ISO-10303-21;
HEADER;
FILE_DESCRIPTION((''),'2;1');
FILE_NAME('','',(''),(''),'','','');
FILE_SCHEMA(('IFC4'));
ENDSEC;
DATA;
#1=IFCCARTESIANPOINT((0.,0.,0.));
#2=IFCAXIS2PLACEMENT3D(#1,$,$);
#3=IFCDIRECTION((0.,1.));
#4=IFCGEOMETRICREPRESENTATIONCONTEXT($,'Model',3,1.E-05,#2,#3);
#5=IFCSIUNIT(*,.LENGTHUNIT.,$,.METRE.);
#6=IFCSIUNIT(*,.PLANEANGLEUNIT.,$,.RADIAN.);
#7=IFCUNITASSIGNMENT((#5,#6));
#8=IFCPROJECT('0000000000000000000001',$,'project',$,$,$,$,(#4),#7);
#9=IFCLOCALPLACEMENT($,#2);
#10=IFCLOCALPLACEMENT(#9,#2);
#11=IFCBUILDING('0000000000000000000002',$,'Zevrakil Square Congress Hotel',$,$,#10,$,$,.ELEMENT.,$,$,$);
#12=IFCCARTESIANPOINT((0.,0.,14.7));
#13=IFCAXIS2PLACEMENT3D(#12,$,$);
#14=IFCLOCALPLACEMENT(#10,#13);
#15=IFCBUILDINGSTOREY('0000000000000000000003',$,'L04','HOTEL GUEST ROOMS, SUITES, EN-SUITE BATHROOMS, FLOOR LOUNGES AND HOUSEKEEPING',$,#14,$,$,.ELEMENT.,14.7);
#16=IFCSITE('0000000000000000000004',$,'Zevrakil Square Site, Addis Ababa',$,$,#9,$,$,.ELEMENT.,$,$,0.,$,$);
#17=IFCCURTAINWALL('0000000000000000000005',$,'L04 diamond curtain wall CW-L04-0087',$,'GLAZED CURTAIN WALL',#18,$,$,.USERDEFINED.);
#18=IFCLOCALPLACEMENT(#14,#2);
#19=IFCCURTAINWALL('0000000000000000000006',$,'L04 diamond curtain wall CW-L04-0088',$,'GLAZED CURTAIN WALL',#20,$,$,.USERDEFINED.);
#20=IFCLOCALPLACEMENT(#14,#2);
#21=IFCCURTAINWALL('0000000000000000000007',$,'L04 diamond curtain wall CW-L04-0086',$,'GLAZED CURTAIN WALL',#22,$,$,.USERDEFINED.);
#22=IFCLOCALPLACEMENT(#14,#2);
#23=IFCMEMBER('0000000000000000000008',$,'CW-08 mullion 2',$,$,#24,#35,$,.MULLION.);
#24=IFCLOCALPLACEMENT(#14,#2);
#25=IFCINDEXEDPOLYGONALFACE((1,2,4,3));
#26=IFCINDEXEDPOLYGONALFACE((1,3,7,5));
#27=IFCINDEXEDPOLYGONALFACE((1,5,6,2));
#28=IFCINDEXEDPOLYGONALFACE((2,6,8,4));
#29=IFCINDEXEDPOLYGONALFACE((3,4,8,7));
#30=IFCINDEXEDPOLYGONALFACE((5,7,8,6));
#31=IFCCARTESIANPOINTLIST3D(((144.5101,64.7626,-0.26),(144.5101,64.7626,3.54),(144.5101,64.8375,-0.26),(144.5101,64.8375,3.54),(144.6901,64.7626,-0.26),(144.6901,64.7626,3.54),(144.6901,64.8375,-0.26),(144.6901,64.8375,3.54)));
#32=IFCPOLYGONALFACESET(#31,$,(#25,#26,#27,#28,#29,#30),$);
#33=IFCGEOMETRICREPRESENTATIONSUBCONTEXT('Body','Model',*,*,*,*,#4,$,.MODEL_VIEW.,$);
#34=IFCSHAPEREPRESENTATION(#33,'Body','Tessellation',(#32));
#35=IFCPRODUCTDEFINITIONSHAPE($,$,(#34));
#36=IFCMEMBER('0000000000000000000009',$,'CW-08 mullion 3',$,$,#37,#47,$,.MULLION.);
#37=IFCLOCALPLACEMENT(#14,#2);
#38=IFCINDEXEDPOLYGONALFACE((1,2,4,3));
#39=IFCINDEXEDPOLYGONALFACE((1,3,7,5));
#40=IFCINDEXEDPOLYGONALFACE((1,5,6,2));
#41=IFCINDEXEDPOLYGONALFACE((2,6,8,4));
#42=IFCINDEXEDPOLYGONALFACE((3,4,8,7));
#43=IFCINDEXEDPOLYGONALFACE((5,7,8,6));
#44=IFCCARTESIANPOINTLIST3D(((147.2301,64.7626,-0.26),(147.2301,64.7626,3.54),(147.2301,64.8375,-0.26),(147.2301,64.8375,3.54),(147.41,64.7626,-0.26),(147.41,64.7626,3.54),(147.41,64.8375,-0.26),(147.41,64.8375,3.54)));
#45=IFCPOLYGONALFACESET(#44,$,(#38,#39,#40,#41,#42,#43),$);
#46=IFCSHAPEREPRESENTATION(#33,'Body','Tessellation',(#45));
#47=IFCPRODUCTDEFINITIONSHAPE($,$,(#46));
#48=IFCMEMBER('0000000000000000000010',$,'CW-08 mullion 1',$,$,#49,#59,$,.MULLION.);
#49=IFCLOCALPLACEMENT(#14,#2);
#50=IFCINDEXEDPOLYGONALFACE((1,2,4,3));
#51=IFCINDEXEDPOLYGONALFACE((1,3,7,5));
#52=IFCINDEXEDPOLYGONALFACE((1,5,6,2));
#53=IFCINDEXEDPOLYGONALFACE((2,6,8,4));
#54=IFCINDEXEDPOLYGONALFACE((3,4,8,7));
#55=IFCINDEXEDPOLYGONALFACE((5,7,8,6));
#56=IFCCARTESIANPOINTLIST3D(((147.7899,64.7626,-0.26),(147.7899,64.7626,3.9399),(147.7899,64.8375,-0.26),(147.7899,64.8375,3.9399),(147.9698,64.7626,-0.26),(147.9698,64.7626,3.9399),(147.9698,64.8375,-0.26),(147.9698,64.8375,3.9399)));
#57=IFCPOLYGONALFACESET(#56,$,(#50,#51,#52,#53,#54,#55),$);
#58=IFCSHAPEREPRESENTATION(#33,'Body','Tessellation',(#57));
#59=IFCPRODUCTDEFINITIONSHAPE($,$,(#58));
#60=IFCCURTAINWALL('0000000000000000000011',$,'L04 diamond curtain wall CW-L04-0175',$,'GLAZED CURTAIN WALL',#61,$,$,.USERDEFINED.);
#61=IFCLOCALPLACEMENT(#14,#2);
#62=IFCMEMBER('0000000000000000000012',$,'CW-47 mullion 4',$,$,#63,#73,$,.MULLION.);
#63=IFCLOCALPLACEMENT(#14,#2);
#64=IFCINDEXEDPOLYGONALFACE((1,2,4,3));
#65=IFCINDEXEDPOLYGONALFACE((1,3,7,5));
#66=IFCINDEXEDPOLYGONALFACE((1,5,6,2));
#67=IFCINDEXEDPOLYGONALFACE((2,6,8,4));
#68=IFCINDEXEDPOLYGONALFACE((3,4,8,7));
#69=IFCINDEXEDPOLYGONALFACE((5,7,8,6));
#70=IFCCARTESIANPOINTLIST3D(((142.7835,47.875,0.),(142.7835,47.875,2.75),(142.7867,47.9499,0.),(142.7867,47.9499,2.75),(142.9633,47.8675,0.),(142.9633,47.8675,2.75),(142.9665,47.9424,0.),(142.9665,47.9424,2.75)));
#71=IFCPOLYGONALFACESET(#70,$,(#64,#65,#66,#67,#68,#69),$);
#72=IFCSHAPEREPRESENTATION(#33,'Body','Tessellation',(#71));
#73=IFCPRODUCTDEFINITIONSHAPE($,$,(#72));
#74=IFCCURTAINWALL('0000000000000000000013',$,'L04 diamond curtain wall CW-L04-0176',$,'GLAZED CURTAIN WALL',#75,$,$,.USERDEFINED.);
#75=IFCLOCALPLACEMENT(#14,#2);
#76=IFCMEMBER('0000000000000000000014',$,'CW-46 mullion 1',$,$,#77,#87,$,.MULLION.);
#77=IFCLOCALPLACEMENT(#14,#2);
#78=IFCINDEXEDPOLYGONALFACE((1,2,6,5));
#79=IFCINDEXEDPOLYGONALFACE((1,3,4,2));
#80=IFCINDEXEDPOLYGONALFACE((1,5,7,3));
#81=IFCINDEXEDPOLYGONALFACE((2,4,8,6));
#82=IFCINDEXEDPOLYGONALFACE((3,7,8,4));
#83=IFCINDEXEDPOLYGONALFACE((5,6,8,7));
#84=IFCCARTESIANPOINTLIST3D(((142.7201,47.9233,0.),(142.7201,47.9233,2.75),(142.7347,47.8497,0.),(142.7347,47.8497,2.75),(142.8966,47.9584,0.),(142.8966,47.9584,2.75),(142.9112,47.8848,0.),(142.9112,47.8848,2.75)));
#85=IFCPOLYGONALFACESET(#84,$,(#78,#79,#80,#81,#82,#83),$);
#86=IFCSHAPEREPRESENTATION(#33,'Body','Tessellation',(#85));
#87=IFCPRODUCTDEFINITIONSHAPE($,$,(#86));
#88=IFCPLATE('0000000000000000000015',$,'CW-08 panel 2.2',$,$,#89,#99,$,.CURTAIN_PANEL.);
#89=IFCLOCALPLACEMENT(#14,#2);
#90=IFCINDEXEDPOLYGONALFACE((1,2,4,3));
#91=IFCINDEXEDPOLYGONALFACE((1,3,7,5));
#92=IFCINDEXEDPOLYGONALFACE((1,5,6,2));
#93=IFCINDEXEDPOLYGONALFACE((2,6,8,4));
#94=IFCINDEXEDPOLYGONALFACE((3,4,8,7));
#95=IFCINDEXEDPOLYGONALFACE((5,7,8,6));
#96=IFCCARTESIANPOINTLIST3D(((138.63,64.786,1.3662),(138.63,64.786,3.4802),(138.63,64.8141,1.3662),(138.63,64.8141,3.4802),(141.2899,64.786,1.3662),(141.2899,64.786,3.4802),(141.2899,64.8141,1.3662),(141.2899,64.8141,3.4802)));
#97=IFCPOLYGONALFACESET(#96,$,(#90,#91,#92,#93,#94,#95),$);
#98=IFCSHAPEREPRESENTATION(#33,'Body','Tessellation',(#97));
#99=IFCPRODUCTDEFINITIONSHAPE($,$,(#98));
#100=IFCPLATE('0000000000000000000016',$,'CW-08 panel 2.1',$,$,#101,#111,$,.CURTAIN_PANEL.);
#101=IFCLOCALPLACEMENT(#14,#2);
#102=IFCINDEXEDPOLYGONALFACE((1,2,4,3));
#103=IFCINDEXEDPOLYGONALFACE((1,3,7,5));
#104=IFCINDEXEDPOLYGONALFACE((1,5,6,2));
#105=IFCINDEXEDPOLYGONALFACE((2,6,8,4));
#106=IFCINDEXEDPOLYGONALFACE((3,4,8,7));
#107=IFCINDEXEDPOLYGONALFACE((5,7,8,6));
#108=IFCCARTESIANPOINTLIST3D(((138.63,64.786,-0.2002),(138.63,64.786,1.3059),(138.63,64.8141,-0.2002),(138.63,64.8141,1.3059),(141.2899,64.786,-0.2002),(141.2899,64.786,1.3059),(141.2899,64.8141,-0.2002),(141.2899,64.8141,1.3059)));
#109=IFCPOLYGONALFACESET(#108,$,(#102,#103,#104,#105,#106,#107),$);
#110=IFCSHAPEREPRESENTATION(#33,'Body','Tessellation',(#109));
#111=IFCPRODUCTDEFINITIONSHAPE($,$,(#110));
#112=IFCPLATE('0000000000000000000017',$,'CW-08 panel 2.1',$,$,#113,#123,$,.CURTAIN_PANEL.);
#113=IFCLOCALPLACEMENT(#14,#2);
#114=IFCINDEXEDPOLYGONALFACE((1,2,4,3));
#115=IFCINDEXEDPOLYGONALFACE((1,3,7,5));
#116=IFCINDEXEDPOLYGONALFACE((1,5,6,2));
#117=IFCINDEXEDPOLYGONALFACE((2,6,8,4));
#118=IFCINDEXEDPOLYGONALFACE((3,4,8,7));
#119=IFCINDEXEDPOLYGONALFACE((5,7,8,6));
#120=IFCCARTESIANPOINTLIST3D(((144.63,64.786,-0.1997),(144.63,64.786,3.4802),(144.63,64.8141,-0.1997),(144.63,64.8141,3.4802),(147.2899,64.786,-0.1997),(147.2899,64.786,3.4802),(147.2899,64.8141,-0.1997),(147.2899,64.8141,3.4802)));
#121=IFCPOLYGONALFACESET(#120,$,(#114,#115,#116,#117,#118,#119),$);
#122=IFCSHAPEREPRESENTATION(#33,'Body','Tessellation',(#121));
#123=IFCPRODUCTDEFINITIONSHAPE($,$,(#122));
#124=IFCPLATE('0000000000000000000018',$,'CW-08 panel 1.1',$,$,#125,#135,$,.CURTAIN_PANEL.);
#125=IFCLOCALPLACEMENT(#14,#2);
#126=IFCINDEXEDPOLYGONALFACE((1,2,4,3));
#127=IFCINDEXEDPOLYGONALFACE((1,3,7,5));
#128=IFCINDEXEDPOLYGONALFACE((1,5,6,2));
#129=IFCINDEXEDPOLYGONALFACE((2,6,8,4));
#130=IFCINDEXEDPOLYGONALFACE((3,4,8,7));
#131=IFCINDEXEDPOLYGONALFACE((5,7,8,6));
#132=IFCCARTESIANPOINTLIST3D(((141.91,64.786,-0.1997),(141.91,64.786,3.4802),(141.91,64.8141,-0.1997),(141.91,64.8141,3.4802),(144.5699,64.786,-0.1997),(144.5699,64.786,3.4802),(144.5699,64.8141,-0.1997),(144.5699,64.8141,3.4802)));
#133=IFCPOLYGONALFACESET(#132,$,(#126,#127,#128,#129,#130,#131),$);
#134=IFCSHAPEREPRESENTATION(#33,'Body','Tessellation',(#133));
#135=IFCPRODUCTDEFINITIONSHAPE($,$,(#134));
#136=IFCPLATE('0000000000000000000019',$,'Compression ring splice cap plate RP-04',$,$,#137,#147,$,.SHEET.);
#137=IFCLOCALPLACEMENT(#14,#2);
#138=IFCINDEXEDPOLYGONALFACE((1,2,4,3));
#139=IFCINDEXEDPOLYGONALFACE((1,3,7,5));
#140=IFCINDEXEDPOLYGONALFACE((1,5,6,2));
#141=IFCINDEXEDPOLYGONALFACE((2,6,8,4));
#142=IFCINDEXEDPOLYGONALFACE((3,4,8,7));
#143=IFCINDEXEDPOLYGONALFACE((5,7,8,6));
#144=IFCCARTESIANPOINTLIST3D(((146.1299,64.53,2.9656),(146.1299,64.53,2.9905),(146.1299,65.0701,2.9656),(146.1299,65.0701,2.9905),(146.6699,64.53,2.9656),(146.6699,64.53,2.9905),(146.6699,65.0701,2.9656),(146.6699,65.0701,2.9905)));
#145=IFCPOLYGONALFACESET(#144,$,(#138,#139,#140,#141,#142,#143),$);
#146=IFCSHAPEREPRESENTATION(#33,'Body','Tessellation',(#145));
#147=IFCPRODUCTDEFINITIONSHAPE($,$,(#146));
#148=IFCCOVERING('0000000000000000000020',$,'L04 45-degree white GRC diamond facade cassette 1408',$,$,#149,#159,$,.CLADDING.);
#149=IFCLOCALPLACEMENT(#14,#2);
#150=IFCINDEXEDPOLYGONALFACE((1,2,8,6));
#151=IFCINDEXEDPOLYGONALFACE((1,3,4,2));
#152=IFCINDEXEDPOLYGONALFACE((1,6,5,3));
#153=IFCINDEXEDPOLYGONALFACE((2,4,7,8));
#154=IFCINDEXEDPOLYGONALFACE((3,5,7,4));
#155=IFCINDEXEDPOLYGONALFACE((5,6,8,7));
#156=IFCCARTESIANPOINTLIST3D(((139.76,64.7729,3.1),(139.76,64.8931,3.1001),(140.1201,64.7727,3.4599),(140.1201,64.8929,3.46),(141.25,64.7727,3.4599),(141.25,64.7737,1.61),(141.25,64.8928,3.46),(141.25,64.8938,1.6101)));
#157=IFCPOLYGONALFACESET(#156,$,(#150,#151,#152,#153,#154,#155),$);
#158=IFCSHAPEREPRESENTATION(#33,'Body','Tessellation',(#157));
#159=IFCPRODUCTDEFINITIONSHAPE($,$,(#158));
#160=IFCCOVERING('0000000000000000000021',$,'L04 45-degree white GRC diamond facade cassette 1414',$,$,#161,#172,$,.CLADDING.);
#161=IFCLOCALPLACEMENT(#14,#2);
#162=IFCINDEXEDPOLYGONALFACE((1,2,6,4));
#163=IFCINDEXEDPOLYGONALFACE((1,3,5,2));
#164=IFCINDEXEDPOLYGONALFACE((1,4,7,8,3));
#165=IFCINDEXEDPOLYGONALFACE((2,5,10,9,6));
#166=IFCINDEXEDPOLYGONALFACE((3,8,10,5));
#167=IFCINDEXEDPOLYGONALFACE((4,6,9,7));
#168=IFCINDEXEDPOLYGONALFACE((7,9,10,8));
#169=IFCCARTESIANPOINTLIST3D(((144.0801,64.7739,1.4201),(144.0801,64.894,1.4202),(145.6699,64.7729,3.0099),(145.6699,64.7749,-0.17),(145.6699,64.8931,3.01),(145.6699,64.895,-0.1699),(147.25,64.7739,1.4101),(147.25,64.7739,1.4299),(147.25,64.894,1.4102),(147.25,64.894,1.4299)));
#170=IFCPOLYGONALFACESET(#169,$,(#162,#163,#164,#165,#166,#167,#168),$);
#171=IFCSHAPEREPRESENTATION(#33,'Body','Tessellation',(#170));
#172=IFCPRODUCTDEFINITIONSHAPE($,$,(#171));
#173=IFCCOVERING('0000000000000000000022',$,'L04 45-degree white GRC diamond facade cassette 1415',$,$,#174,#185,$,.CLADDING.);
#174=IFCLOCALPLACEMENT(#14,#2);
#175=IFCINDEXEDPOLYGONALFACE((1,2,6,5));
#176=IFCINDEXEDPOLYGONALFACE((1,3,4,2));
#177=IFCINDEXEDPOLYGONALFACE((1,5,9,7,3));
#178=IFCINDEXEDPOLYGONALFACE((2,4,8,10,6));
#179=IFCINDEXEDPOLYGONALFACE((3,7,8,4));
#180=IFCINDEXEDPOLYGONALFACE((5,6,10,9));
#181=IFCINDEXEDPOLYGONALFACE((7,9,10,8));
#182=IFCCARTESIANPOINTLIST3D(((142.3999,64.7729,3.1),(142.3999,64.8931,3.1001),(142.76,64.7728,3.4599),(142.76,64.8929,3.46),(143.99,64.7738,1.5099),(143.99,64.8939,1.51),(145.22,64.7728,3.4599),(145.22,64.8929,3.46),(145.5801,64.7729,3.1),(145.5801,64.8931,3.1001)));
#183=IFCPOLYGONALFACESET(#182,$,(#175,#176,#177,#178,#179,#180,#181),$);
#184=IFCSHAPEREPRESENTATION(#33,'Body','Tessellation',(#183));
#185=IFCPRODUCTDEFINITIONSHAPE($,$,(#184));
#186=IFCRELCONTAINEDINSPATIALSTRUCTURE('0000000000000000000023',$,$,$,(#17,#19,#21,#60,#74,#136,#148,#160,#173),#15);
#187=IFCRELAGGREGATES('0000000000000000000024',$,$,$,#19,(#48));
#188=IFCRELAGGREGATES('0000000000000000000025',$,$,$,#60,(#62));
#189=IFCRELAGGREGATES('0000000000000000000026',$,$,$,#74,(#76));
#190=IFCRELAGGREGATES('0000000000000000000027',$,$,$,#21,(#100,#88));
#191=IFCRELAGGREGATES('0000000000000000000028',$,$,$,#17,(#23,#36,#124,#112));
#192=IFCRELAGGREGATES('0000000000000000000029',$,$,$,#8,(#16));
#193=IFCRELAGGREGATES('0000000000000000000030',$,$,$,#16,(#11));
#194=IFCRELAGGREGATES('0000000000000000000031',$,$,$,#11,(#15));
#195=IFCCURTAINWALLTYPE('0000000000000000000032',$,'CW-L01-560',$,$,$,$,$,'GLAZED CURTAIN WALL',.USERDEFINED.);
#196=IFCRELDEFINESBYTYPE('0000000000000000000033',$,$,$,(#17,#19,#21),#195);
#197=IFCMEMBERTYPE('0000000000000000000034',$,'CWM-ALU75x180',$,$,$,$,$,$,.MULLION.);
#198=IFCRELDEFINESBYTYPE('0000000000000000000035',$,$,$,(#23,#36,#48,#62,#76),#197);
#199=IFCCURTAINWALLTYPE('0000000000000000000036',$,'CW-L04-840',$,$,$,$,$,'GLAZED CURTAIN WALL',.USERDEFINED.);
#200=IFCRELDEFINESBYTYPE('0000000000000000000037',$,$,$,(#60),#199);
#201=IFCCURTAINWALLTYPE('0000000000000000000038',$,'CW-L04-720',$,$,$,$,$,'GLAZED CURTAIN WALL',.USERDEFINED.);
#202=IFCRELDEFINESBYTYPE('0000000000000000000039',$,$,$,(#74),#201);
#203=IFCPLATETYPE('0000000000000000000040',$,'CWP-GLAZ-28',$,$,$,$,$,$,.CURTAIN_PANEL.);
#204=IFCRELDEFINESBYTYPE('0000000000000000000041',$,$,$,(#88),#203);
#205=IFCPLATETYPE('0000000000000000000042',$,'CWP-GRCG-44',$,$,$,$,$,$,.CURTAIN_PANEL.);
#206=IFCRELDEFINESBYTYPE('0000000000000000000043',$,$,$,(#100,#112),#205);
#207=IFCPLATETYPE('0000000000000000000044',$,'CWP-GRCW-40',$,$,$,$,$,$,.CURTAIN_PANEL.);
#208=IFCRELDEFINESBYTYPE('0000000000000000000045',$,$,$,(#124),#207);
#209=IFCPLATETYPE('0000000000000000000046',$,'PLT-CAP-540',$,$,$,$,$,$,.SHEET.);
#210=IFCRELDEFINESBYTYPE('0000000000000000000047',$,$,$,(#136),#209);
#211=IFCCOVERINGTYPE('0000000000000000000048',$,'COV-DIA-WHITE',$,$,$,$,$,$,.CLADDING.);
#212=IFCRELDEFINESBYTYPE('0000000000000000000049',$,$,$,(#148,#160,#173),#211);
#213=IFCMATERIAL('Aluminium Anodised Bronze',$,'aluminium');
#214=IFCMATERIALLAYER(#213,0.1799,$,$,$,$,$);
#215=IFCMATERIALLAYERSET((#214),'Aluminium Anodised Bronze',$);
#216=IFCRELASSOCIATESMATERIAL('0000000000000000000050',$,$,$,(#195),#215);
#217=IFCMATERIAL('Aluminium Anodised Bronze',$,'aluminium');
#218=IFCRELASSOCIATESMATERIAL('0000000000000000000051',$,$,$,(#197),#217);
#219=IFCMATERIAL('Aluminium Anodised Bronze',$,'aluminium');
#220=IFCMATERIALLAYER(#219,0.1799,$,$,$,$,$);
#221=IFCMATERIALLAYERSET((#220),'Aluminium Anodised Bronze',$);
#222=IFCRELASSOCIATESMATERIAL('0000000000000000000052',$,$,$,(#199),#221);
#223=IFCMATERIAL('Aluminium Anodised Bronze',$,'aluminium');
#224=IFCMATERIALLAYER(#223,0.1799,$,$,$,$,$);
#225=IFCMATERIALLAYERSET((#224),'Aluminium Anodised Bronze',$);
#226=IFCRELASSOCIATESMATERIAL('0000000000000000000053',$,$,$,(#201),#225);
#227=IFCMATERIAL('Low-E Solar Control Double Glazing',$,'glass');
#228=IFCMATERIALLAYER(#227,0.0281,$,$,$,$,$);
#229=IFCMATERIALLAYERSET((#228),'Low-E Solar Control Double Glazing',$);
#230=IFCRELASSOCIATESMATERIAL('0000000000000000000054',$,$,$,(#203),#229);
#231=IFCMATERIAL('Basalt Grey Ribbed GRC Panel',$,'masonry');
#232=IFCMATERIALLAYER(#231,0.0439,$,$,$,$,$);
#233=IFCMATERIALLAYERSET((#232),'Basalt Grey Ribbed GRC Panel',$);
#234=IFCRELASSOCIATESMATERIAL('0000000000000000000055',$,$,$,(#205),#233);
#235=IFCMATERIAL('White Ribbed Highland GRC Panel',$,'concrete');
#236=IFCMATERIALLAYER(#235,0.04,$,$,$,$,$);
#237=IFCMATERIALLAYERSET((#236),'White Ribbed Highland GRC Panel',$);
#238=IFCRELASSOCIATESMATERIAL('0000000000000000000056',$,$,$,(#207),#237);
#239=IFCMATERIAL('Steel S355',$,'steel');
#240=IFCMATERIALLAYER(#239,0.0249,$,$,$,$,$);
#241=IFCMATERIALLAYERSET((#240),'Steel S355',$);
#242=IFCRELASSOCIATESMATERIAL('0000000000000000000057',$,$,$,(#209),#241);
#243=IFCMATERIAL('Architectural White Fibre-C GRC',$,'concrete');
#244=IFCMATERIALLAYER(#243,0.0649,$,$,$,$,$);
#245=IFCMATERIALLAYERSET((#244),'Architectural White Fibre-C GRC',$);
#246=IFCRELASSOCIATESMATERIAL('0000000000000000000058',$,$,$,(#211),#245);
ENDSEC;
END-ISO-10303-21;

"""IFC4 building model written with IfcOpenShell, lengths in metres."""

from ifc_helpers import new_model, si_unit, direction, frame, origin, origin_2d, place, context, subcontext, project, spatial, polyline, rectangle, outline, extrude, material, layer, layer_set, material_profile, profile_set, type_object, element, aggregate, save


model = new_model("IFC4")

# Units and contexts
model_context = context("Model", 3, precision=1e-05, world=origin(), true_north=direction((0.0, 1.0)))
body_context = subcontext(model_context, "Body", "Model", "MODEL_VIEW")
ifc_project = project(units=[si_unit("LENGTHUNIT", "METRE"), si_unit("PLANEANGLEUNIT", "RADIAN")], contexts=[model_context])

# Site, building, storey
site_placement = place(None, origin())
site = spatial("IfcSite", under=ifc_project, at=site_placement, Name="Zevrakil Square Site, Addis Ababa", CompositionType="ELEMENT", RefElevation=0.0)
building_placement = place(site_placement, origin())
building = spatial("IfcBuilding", under=site, at=building_placement, Name="Zevrakil Square Congress Hotel", CompositionType="ELEMENT")
storey_placement = place(building_placement, frame((0.0, 0.0, 14.7)))
storey = spatial("IfcBuildingStorey", under=building, at=storey_placement, Name="L04", Description="HOTEL GUEST ROOMS, SUITES, EN-SUITE BATHROOMS, FLOOR LOUNGES AND HOUSEKEEPING", CompositionType="ELEMENT", Elevation=14.7)

# Curtain walls
ifc_material_1 = material(Name="Aluminium Anodised Bronze", Category="aluminium")
ifc_layer_1 = layer(ifc_material_1, 0.1799)
ifc_layer_set_1 = layer_set([ifc_layer_1], Name="Aluminium Anodised Bronze")
curtain_wall_type_1 = type_object("IfcCurtainWallType", Name="CW-L01-560", ElementType="GLAZED CURTAIN WALL", PredefinedType="USERDEFINED", material=ifc_layer_set_1)
curtain_wall_1_placement = place(storey_placement, origin())
curtain_wall_1 = element("IfcCurtainWall", 1, at=curtain_wall_1_placement, inside=storey, type_object=curtain_wall_type_1, Name="L04 diamond curtain wall CW-L04-0087", ObjectType="GLAZED CURTAIN WALL", PredefinedType="USERDEFINED")
curtain_wall_2_placement = place(storey_placement, origin())
curtain_wall_2 = element("IfcCurtainWall", 2, at=curtain_wall_2_placement, inside=storey, type_object=curtain_wall_type_1, Name="L04 diamond curtain wall CW-L04-0088", ObjectType="GLAZED CURTAIN WALL", PredefinedType="USERDEFINED")

# Curtain wall
curtain_wall_3_placement = place(storey_placement, origin())
curtain_wall_3 = element("IfcCurtainWall", 3, at=curtain_wall_3_placement, inside=storey, type_object=curtain_wall_type_1, Name="L04 diamond curtain wall CW-L04-0086", ObjectType="GLAZED CURTAIN WALL", PredefinedType="USERDEFINED")
ifc_material_2 = material(Name="Aluminium Anodised Bronze", Category="aluminium")
ifc_material_profile_1 = material_profile(ifc_material_2, rectangle(XDim=0.075, YDim=0.1799, at=origin_2d()), Name="ALU 75x180")
ifc_profile_set_1 = profile_set([ifc_material_profile_1], Name="Aluminium Anodised Bronze")
member_type_1 = type_object("IfcMemberType", Name="CWM-ALU75x180", PredefinedType="MULLION", material=ifc_profile_set_1)

# Members
member_1_placement = place(storey_placement, frame((144.6001, 64.8, -0.26), z_axis=(0.0, 0.0, 1.0), x_axis=(0.0, 1.0, 0.0)))
member_1 = element("IfcMember", 4, at=member_1_placement, type_object=member_type_1, Name="CW-08 mullion 2", PredefinedType="MULLION", context=body_context, shape_type="SweptSolid", body=[
    extrude(rectangle(XDim=0.075, YDim=0.1799, at=origin_2d()), origin(), (0.0, 0.0, 1.0), 3.8),
])
member_2_placement = place(storey_placement, frame((147.3201, 64.8, -0.26), z_axis=(0.0, 0.0, 1.0), x_axis=(0.0, 1.0, 0.0)))
member_2 = element("IfcMember", 5, at=member_2_placement, type_object=member_type_1, Name="CW-08 mullion 3", PredefinedType="MULLION", context=body_context, shape_type="SweptSolid", body=[
    extrude(rectangle(XDim=0.075, YDim=0.1799, at=origin_2d()), origin(), (0.0, 0.0, 1.0), 3.8),
])
member_3_placement = place(storey_placement, frame((147.8799, 64.8, -0.26), z_axis=(0.0, 0.0, 1.0), x_axis=(0.0, 1.0, 0.0)))
member_3 = element("IfcMember", 6, at=member_3_placement, type_object=member_type_1, Name="CW-08 mullion 1", PredefinedType="MULLION", context=body_context, shape_type="SweptSolid", body=[
    extrude(rectangle(XDim=0.075, YDim=0.1799, at=origin_2d()), origin(), (0.0, 0.0, 1.0), 4.2),
])
aggregate(curtain_wall_2, [member_3])

# Curtain walls, members
ifc_material_3 = material(Name="Aluminium Anodised Bronze", Category="aluminium")
ifc_layer_2 = layer(ifc_material_3, 0.1799)
ifc_layer_set_2 = layer_set([ifc_layer_2], Name="Aluminium Anodised Bronze")
curtain_wall_type_2 = type_object("IfcCurtainWallType", Name="CW-L04-840", ElementType="GLAZED CURTAIN WALL", PredefinedType="USERDEFINED", material=ifc_layer_set_2)
curtain_wall_4_placement = place(storey_placement, origin())
curtain_wall_4 = element("IfcCurtainWall", 7, at=curtain_wall_4_placement, inside=storey, type_object=curtain_wall_type_2, Name="L04 diamond curtain wall CW-L04-0175", ObjectType="GLAZED CURTAIN WALL", PredefinedType="USERDEFINED")
member_4_placement = place(storey_placement, frame((142.875, 47.9087, 0.0), z_axis=(0.0, 0.0, 1.0), x_axis=(-0.041971, -0.999119, 0.0)))
member_4 = element("IfcMember", 8, at=member_4_placement, type_object=member_type_1, Name="CW-47 mullion 4", PredefinedType="MULLION", context=body_context, shape_type="SweptSolid", body=[
    extrude(rectangle(XDim=0.075, YDim=0.1799, at=origin_2d()), origin(), (0.0, 0.0, 1.0), 2.75),
])
aggregate(curtain_wall_4, [member_4])
ifc_material_4 = material(Name="Aluminium Anodised Bronze", Category="aluminium")
ifc_layer_3 = layer(ifc_material_4, 0.1799)
ifc_layer_set_3 = layer_set([ifc_layer_3], Name="Aluminium Anodised Bronze")
curtain_wall_type_3 = type_object("IfcCurtainWallType", Name="CW-L04-720", ElementType="GLAZED CURTAIN WALL", PredefinedType="USERDEFINED", material=ifc_layer_set_3)
curtain_wall_5_placement = place(storey_placement, origin())
curtain_wall_5 = element("IfcCurtainWall", 9, at=curtain_wall_5_placement, inside=storey, type_object=curtain_wall_type_3, Name="L04 diamond curtain wall CW-L04-0176", ObjectType="GLAZED CURTAIN WALL", PredefinedType="USERDEFINED")
member_5_placement = place(storey_placement, frame((142.8157, 47.9041, 0.0), z_axis=(0.0, 0.0, 1.0), x_axis=(0.195084, -0.980787, 0.0)))
member_5 = element("IfcMember", 10, at=member_5_placement, type_object=member_type_1, Name="CW-46 mullion 1", PredefinedType="MULLION", context=body_context, shape_type="SweptSolid", body=[
    extrude(rectangle(XDim=0.075, YDim=0.1799, at=origin_2d()), origin(), (0.0, 0.0, 1.0), 2.75),
])
aggregate(curtain_wall_5, [member_5])

# Plates
ifc_material_5 = material(Name="Low-E Solar Control Double Glazing", Category="glass")
ifc_layer_4 = layer(ifc_material_5, 0.0281)
ifc_layer_set_4 = layer_set([ifc_layer_4], Name="Low-E Solar Control Double Glazing")
plate_type_1 = type_object("IfcPlateType", Name="CWP-GLAZ-28", PredefinedType="CURTAIN_PANEL", material=ifc_layer_set_4)
plate_1_placement = place(storey_placement, frame((139.96, 64.8, 1.3662), z_axis=(0.0, 0.0, 1.0), x_axis=(1.0, 0.0, 0.0)))
plate_1 = element("IfcPlate", 11, at=plate_1_placement, type_object=plate_type_1, Name="CW-08 panel 2.2", PredefinedType="CURTAIN_PANEL", context=body_context, shape_type="SweptSolid", body=[
    extrude(rectangle(XDim=2.6599, YDim=0.0281, at=origin_2d()), origin(), (0.0, 0.0, 1.0), 2.114),
])
ifc_material_6 = material(Name="Basalt Grey Ribbed GRC Panel", Category="masonry")
ifc_layer_5 = layer(ifc_material_6, 0.0439)
ifc_layer_set_5 = layer_set([ifc_layer_5], Name="Basalt Grey Ribbed GRC Panel")
plate_type_2 = type_object("IfcPlateType", Name="CWP-GRCG-44", PredefinedType="CURTAIN_PANEL", material=ifc_layer_set_5)
plate_2_placement = place(storey_placement, frame((139.96, 64.8, -0.2002), z_axis=(0.0, 0.0, 1.0), x_axis=(1.0, 0.0, 0.0)))
plate_2 = element("IfcPlate", 12, at=plate_2_placement, type_object=plate_type_2, Name="CW-08 panel 2.1", PredefinedType="CURTAIN_PANEL", context=body_context, shape_type="SweptSolid", body=[
    extrude(rectangle(XDim=2.6599, YDim=0.0281, at=origin_2d()), origin(), (0.0, 0.0, 1.0), 1.5061),
])
aggregate(curtain_wall_3, [plate_2, plate_1])
plate_3_placement = place(storey_placement, frame((145.96, 64.8, -0.1997), z_axis=(0.0, 0.0, 1.0), x_axis=(1.0, 0.0, 0.0)))
plate_3 = element("IfcPlate", 13, at=plate_3_placement, type_object=plate_type_2, Name="CW-08 panel 2.1", PredefinedType="CURTAIN_PANEL", context=body_context, shape_type="SweptSolid", body=[
    extrude(rectangle(XDim=2.6599, YDim=0.0281, at=origin_2d()), origin(), (0.0, 0.0, 1.0), 3.6799),
])
ifc_material_7 = material(Name="White Ribbed Highland GRC Panel", Category="concrete")
ifc_layer_6 = layer(ifc_material_7, 0.04)
ifc_layer_set_6 = layer_set([ifc_layer_6], Name="White Ribbed Highland GRC Panel")
plate_type_3 = type_object("IfcPlateType", Name="CWP-GRCW-40", PredefinedType="CURTAIN_PANEL", material=ifc_layer_set_6)
plate_4_placement = place(storey_placement, frame((143.24, 64.8, -0.1997), z_axis=(0.0, 0.0, 1.0), x_axis=(1.0, 0.0, 0.0)))
plate_4 = element("IfcPlate", 14, at=plate_4_placement, type_object=plate_type_3, Name="CW-08 panel 1.1", PredefinedType="CURTAIN_PANEL", context=body_context, shape_type="SweptSolid", body=[
    extrude(rectangle(XDim=2.6599, YDim=0.0281, at=origin_2d()), origin(), (0.0, 0.0, 1.0), 3.6799),
])
aggregate(curtain_wall_1, [member_1, member_2, plate_4, plate_3])
ifc_material_8 = material(Name="Steel S355", Category="steel")
ifc_layer_7 = layer(ifc_material_8, 0.0249)
ifc_layer_set_7 = layer_set([ifc_layer_7], Name="Steel S355")
plate_type_4 = type_object("IfcPlateType", Name="PLT-CAP-540", PredefinedType="SHEET", material=ifc_layer_set_7)
plate_5_placement = place(storey_placement, frame((146.3999, 64.8, 2.9656), z_axis=(0.0, 0.0, 1.0), x_axis=(1.0, 0.0, 0.0)))
element("IfcPlate", 15, at=plate_5_placement, inside=storey, type_object=plate_type_4, Name="Compression ring splice cap plate RP-04", PredefinedType="SHEET", context=body_context, shape_type="SweptSolid", body=[
    extrude(rectangle(XDim=0.54, YDim=0.54, at=origin_2d()), origin(), (0.0, 0.0, 1.0), 0.0249),
])

# Coverings
ifc_material_9 = material(Name="Architectural White Fibre-C GRC", Category="concrete")
ifc_layer_8 = layer(ifc_material_9, 0.0649)
ifc_layer_set_8 = layer_set([ifc_layer_8], Name="Architectural White Fibre-C GRC")
covering_type_1 = type_object("IfcCoveringType", Name="COV-DIA-WHITE", PredefinedType="CLADDING", material=ifc_layer_set_8)
covering_1_placement = place(storey_placement, frame((139.76, 64.8931, 3.1001), z_axis=(0.000032, 1.0, 0.000547), x_axis=(0.707107, 0.000365, -0.707107)))
element("IfcCovering", 16, at=covering_1_placement, inside=storey, type_object=covering_type_1, Name="L04 45-degree white GRC diamond facade cassette 1408", PredefinedType="CLADDING", context=body_context, shape_type="SweptSolid", body=[
    extrude(outline(polyline([(0.0, 0.0), (2.1072, 0.0), (0.7991, -1.308), (0.0002, -0.5091), (0.0, 0.0)])), origin(), (0.0, 0.0, -1.0), 0.1201),
])
covering_2_placement = place(storey_placement, frame((145.6699, 64.8931, 3.01), z_axis=(0.0, 1.0, 0.000612), x_axis=(-0.707107, 0.000433, -0.707107)))
element("IfcCovering", 17, at=covering_2_placement, inside=storey, type_object=covering_type_1, Name="L04 45-degree white GRC diamond facade cassette 1414", PredefinedType="CLADDING", context=body_context, shape_type="SweptSolid", body=[
    extrude(outline(polyline([(0.0, 0.0), (2.2484, 0.0), (2.2486, -2.2486), (0.014, -2.2486), (0.0, -2.2346), (0.0, 0.0)])), origin(), (0.0, 0.0, -1.0), 0.1201),
])
covering_3_placement = place(storey_placement, frame((142.3999, 64.8931, 3.1001), z_axis=(0.0, 1.0, 0.000523), x_axis=(0.707107, 0.00037, -0.707107)))
element("IfcCovering", 18, at=covering_3_placement, inside=storey, type_object=covering_type_1, Name="L04 45-degree white GRC diamond facade cassette 1415", PredefinedType="CLADDING", context=body_context, shape_type="SweptSolid", body=[
    extrude(outline(polyline([(0.0, 0.0), (2.2487, 0.0), (2.2487, -2.2487), (1.7396, -2.2486), (0.0002, -0.5091), (0.0, 0.0)])), origin(), (0.0, 0.0, -1.0), 0.1201),
])

save(model, "model.ifc")
